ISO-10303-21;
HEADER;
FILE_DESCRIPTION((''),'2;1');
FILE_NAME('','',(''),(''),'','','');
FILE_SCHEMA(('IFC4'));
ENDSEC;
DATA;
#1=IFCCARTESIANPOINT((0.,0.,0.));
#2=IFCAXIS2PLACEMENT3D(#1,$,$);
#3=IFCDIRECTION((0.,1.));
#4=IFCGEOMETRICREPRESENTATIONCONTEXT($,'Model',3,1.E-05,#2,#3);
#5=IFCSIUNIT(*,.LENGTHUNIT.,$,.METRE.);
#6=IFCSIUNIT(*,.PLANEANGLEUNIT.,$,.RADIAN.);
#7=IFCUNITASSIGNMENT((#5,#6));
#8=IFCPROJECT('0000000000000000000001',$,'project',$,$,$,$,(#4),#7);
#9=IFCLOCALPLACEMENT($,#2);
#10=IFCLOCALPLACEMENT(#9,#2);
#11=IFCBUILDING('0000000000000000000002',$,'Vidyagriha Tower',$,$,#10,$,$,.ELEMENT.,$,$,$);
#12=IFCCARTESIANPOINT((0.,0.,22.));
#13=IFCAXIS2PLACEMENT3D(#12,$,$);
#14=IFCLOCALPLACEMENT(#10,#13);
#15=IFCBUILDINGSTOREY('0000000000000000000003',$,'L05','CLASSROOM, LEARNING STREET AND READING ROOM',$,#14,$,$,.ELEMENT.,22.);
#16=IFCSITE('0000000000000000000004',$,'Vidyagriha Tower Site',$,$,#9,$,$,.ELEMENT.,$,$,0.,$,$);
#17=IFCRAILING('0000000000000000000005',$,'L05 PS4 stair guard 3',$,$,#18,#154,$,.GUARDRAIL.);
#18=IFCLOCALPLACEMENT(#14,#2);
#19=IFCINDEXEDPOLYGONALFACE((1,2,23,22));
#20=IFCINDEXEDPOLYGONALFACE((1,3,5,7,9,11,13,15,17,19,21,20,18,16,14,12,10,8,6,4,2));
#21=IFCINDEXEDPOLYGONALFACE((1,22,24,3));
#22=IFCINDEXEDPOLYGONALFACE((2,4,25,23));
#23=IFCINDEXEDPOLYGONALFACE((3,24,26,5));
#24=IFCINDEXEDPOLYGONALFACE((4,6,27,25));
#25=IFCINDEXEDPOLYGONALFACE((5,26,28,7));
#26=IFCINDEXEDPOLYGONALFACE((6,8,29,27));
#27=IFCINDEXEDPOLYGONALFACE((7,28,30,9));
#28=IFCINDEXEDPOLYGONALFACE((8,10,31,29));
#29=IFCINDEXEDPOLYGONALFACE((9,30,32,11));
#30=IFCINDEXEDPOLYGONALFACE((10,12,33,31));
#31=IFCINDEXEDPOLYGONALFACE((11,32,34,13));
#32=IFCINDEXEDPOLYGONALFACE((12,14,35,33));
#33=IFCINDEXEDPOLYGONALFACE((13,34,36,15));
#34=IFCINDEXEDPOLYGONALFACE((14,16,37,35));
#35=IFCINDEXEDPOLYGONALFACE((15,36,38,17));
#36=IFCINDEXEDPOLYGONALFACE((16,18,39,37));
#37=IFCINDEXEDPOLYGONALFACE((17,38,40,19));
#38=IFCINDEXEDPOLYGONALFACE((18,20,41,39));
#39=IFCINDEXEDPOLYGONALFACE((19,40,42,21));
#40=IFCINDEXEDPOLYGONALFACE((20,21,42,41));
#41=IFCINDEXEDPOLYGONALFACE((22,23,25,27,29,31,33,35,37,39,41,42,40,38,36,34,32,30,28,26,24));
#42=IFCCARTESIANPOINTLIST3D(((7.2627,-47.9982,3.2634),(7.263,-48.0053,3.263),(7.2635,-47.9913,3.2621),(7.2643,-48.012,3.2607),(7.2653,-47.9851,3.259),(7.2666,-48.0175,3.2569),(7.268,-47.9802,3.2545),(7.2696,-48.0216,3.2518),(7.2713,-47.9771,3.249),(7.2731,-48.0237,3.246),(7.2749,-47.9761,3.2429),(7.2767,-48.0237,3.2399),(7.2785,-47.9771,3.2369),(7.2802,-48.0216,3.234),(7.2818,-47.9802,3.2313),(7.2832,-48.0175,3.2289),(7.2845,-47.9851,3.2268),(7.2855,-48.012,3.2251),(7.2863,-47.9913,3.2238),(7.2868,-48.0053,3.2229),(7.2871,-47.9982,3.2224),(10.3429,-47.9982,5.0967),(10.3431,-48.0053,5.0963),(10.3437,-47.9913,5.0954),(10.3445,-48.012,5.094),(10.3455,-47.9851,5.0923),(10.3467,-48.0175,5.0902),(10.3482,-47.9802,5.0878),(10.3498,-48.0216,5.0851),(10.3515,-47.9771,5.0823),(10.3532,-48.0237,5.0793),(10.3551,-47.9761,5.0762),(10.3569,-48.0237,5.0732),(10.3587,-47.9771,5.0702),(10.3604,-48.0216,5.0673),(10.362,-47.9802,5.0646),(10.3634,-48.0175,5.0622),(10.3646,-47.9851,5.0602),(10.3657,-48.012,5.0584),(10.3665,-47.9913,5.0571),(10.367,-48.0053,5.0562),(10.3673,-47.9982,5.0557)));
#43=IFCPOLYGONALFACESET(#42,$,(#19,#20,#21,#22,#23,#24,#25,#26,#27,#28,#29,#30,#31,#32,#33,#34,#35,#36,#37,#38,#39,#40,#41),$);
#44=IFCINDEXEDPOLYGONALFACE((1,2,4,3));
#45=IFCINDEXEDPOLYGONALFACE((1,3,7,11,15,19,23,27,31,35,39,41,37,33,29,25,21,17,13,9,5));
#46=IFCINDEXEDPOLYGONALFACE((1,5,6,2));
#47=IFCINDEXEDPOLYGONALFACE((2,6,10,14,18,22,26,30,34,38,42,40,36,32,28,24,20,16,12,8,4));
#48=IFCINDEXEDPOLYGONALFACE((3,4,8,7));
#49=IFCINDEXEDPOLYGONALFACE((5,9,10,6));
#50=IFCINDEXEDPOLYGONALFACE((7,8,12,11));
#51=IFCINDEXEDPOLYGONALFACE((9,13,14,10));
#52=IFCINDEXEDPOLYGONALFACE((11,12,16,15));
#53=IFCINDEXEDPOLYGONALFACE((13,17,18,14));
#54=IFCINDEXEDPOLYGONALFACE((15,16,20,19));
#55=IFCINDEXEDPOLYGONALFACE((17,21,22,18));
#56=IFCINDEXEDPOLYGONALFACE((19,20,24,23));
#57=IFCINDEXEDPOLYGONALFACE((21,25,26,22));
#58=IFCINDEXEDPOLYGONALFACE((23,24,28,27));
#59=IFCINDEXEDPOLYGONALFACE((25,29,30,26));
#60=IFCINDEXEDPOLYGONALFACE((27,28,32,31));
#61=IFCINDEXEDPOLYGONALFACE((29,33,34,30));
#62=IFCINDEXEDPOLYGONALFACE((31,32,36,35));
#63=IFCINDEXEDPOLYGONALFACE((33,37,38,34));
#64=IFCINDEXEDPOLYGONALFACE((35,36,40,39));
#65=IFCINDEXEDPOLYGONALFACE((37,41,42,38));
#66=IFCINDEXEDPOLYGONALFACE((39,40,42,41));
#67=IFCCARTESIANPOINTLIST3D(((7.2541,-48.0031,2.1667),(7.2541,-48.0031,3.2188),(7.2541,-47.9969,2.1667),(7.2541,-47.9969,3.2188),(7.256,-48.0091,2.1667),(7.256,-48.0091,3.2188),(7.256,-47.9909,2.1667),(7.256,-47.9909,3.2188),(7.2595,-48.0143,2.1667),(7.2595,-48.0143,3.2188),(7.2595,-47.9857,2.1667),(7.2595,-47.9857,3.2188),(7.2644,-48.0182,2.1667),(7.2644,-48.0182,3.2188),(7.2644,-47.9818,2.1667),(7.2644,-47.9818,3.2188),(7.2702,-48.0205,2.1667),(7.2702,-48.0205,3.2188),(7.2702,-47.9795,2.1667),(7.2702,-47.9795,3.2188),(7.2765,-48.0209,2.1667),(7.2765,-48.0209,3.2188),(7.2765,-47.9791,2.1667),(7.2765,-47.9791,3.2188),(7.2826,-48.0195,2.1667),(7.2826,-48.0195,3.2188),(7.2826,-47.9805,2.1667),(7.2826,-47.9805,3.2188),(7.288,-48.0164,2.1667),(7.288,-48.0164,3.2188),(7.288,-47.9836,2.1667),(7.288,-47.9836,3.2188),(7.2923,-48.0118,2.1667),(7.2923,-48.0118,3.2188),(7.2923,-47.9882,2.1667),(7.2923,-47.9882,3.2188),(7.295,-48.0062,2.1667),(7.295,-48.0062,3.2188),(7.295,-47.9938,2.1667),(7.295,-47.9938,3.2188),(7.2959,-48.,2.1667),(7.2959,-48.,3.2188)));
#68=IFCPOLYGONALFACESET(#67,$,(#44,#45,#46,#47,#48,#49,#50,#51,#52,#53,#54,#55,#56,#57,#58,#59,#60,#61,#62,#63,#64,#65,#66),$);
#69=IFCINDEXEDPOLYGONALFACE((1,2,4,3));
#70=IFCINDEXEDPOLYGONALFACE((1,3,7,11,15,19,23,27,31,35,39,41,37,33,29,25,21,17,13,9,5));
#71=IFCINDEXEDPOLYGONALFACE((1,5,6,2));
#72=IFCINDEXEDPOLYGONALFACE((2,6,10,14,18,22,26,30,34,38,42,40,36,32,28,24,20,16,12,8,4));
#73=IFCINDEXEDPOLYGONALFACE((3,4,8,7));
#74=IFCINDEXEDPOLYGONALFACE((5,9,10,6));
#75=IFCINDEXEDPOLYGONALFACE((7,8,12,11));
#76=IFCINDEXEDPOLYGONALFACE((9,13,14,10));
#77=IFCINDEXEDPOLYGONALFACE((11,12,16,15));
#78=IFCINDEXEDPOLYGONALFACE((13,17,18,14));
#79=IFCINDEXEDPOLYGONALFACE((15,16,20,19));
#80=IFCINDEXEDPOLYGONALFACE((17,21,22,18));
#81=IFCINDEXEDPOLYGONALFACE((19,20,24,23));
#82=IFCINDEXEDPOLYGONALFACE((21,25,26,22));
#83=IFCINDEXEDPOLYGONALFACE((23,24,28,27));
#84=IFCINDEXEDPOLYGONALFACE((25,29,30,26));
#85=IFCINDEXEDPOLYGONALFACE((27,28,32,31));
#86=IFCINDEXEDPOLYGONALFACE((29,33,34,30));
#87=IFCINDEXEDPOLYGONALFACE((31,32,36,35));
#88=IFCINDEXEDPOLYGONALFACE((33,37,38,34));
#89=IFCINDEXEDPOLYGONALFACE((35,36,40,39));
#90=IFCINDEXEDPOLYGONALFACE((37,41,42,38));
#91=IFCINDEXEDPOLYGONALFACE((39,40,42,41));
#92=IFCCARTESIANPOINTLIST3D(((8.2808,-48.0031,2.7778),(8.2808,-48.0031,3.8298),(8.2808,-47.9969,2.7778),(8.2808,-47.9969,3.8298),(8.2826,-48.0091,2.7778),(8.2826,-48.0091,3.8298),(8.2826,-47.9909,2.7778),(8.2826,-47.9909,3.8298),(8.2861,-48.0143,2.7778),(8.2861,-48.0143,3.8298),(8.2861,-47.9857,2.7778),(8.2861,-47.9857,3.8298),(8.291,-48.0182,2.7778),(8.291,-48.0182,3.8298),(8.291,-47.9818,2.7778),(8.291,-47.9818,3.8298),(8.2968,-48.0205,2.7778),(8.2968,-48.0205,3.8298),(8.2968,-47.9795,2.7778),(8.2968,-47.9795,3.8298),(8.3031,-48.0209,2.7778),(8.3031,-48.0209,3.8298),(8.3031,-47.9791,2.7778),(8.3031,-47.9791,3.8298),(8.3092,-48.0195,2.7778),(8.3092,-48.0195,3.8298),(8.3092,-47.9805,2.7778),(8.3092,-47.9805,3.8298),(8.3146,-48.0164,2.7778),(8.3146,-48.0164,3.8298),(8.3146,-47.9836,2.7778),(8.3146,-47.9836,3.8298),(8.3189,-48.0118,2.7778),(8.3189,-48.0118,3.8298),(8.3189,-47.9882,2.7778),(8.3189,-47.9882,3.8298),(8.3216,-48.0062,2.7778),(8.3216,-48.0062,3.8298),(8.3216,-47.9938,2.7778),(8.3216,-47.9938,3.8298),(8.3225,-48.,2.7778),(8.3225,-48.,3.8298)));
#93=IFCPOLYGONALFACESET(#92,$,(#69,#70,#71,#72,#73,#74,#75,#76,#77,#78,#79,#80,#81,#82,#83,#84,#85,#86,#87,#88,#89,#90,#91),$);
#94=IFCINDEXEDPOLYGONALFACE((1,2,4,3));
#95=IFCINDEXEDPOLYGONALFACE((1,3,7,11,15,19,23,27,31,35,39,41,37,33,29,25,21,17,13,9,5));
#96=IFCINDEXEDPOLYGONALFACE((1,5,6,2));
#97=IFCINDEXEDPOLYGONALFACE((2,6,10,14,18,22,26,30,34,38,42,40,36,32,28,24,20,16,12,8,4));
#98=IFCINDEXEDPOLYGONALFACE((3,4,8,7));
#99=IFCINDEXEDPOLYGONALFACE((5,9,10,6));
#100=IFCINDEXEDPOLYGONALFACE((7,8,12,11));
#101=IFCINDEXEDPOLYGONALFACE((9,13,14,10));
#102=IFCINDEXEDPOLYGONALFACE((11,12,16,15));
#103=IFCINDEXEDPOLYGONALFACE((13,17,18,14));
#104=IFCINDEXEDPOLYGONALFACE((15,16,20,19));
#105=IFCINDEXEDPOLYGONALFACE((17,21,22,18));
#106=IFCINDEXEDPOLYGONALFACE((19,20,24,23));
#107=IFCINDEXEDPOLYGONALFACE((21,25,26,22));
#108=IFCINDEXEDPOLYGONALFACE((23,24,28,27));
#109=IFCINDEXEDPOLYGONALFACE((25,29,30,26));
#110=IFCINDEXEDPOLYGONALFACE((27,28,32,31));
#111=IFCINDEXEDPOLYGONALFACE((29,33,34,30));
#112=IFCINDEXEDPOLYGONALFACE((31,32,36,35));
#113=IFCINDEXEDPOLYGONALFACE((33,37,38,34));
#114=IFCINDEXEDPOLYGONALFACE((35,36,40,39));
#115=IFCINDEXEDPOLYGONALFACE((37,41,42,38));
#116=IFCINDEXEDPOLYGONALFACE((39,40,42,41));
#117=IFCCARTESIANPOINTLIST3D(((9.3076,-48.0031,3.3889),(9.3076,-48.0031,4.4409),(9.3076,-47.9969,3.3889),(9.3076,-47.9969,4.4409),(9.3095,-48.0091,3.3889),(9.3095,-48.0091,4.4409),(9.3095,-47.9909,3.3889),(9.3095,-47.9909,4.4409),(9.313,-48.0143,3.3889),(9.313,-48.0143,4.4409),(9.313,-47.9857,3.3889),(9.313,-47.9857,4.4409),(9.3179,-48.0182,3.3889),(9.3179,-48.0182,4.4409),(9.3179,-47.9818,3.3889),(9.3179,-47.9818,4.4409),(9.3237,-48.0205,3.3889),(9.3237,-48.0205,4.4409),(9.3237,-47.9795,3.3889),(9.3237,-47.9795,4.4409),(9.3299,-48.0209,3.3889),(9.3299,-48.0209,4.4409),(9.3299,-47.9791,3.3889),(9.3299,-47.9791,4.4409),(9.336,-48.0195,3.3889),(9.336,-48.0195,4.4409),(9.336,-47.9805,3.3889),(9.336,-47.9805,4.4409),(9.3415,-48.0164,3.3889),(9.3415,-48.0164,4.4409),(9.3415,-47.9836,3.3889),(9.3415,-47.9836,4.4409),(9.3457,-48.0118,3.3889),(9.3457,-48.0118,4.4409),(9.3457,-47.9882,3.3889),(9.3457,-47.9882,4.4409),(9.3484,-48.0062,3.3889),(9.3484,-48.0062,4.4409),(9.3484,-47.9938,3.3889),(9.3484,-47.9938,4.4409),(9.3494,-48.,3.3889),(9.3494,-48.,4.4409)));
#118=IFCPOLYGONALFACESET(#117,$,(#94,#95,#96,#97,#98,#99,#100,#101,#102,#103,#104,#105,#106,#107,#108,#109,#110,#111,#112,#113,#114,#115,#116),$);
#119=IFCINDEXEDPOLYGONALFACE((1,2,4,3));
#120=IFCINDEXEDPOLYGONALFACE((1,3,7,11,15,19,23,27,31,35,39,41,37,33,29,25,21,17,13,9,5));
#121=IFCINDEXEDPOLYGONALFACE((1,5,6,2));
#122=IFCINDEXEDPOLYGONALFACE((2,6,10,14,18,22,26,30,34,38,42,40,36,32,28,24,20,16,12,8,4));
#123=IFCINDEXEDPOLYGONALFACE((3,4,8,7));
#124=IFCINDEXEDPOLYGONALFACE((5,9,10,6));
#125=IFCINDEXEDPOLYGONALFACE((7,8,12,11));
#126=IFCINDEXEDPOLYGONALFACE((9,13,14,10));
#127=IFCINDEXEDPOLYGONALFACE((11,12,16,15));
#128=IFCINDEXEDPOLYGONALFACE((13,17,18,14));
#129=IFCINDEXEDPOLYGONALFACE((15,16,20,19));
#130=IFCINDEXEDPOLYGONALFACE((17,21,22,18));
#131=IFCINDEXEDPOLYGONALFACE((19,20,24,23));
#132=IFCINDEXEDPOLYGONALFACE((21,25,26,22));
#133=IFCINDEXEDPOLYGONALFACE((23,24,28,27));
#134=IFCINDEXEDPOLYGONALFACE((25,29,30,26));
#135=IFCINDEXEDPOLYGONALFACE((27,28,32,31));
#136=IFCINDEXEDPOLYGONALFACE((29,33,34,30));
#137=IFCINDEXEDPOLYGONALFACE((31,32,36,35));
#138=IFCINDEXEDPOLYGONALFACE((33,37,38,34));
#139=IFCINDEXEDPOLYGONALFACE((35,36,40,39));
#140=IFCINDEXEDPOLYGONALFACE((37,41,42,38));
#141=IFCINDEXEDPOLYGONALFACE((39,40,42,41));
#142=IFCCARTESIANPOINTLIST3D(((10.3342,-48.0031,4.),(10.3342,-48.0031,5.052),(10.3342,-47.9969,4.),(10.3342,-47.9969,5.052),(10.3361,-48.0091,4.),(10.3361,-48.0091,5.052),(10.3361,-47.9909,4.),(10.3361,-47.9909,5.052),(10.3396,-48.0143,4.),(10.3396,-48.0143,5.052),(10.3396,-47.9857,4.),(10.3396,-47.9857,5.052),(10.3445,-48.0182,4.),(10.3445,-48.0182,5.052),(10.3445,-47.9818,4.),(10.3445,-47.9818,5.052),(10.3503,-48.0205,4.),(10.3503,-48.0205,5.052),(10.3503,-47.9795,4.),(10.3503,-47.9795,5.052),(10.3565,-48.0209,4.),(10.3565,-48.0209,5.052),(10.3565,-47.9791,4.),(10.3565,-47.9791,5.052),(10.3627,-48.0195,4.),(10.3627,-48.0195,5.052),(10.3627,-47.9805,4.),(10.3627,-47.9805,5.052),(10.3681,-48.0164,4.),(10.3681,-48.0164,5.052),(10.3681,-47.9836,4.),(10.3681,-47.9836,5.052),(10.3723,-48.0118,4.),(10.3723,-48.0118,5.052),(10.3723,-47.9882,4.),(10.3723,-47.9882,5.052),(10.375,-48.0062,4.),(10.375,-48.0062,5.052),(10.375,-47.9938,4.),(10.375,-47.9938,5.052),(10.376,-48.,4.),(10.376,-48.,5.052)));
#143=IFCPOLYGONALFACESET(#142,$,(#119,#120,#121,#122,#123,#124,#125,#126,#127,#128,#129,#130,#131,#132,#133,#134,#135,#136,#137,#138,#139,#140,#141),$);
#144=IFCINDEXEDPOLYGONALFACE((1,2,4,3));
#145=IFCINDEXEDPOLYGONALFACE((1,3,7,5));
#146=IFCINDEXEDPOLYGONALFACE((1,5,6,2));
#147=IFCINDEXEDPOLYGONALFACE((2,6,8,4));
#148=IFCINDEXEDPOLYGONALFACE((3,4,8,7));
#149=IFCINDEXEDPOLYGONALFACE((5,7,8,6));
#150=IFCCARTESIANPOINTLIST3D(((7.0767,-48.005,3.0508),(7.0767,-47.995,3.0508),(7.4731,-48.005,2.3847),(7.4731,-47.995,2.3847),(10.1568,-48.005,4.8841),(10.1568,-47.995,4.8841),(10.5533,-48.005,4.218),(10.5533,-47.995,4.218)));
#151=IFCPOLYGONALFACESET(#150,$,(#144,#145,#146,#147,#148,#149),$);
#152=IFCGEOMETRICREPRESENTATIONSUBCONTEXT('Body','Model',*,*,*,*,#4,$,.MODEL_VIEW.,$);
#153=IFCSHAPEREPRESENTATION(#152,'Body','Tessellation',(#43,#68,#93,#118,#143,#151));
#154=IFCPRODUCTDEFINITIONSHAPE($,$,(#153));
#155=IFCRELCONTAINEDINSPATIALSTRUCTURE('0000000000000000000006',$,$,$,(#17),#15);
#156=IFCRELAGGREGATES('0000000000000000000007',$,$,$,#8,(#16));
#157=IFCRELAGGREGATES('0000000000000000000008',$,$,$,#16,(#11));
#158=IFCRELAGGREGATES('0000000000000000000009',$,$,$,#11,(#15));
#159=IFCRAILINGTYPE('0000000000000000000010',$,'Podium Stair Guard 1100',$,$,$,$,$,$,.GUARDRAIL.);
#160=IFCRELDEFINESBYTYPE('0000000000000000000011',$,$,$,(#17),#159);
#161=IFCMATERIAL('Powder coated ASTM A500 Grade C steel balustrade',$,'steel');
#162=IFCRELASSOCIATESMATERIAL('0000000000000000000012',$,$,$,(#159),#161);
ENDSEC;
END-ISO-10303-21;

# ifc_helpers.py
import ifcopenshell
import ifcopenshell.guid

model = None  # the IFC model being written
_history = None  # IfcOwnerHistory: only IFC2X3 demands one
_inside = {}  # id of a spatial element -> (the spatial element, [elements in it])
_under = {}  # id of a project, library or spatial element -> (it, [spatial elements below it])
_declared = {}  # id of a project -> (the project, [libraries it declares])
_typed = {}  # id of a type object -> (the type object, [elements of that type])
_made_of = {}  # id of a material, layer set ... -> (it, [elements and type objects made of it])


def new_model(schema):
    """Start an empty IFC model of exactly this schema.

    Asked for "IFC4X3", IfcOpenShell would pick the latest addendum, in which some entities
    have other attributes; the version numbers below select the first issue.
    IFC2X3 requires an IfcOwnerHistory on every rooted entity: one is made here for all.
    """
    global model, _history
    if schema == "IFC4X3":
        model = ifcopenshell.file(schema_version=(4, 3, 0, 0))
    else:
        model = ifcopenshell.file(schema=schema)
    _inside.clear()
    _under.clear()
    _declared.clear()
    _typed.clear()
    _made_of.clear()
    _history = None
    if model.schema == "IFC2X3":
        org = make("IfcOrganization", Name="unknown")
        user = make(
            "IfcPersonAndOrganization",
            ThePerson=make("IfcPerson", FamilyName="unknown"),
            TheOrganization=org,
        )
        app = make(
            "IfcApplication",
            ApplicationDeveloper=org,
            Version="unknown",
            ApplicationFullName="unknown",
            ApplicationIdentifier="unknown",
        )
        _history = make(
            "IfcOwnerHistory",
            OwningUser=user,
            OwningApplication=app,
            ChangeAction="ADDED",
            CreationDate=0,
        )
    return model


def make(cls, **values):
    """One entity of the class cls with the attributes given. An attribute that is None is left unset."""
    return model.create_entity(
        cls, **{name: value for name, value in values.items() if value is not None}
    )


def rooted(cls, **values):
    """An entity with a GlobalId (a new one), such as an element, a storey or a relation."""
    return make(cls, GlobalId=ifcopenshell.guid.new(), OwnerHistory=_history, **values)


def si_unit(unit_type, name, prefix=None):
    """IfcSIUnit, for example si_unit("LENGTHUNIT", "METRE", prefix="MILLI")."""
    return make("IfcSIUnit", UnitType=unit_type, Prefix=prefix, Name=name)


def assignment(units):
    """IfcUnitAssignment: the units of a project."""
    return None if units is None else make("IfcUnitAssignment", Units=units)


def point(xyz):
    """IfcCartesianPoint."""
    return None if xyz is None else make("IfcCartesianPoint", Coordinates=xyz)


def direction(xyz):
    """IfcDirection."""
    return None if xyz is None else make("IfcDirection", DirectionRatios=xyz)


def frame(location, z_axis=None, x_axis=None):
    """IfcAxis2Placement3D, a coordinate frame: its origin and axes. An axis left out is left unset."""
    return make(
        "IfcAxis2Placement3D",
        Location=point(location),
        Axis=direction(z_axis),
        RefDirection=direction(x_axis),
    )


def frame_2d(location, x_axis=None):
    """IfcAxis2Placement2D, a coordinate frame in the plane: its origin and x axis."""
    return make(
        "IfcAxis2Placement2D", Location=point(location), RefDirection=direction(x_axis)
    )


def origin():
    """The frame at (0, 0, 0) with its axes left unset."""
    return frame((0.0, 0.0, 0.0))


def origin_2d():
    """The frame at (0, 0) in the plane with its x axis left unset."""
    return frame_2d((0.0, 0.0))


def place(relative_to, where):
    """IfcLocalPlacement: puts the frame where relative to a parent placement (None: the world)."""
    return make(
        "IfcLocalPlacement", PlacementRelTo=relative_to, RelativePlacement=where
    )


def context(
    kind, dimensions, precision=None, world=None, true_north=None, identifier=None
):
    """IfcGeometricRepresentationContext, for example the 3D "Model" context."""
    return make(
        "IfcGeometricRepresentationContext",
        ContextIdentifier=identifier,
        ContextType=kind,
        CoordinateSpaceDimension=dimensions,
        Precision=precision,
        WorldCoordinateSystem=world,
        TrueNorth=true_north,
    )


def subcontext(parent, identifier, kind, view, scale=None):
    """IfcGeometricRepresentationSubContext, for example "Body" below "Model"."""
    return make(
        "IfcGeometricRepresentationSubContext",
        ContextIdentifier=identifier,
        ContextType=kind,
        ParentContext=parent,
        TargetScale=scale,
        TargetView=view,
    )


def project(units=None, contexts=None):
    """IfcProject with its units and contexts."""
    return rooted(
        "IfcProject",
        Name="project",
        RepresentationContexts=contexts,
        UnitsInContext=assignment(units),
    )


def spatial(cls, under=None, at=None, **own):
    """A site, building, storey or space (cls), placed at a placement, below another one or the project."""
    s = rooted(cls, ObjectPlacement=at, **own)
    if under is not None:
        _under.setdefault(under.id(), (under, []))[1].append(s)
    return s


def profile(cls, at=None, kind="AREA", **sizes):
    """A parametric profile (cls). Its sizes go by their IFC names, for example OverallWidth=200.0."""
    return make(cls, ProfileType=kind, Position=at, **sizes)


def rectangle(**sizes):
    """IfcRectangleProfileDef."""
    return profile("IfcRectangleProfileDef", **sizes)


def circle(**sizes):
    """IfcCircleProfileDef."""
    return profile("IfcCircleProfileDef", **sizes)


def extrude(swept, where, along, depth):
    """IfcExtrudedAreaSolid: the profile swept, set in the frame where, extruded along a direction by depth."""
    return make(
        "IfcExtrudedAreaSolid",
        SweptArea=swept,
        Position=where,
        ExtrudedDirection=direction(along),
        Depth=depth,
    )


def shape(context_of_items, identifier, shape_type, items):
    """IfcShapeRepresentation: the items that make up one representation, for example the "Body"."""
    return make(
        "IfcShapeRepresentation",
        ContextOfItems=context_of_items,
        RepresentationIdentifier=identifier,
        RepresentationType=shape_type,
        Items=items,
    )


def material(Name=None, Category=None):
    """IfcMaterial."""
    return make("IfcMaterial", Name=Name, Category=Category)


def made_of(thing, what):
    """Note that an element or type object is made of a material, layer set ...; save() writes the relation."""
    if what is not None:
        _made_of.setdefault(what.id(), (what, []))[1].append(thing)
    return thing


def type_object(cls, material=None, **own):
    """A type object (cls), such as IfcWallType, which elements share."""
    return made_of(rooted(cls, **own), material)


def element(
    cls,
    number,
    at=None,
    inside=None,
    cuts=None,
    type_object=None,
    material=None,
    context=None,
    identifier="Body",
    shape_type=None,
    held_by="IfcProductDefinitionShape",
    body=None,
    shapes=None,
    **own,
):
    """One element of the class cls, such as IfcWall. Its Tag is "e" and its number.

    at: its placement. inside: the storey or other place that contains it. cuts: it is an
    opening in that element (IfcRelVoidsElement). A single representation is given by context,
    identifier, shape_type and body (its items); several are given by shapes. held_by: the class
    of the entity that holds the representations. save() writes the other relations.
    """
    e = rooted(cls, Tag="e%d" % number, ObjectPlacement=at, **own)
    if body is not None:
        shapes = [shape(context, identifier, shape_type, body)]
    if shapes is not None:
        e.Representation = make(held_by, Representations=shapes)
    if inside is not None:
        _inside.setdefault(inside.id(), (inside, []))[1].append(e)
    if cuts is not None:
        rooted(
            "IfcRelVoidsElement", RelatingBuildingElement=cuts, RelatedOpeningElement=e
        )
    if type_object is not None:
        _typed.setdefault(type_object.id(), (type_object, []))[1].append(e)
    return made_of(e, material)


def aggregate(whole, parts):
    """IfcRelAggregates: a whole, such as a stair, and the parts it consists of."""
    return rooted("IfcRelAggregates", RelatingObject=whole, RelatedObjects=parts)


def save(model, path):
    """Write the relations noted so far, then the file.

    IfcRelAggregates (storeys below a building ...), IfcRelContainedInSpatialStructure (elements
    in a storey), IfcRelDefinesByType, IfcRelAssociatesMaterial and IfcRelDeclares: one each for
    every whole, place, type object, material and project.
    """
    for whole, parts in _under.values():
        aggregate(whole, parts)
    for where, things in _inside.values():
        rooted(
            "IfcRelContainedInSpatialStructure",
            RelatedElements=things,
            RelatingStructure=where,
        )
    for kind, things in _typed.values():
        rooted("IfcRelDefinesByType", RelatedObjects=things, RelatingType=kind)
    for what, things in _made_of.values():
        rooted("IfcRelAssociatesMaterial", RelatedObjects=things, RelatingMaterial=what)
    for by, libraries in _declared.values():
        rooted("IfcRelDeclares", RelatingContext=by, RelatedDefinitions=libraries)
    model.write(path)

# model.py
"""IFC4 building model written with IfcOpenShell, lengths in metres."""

from ifc_helpers import new_model, si_unit, direction, frame, origin, origin_2d, place, context, subcontext, project, spatial, rectangle, circle, extrude, material, type_object, element, save


model = new_model("IFC4")

# Units and contexts
model_context = context("Model", 3, precision=1e-05, world=origin(), true_north=direction((0.0, 1.0)))
body_context = subcontext(model_context, "Body", "Model", "MODEL_VIEW")
ifc_project = project(units=[si_unit("LENGTHUNIT", "METRE"), si_unit("PLANEANGLEUNIT", "RADIAN")], contexts=[model_context])

# Site, building, storey
site_placement = place(None, origin())
site = spatial("IfcSite", under=ifc_project, at=site_placement, Name="Vidyagriha Tower Site", CompositionType="ELEMENT", RefElevation=0.0)
building_placement = place(site_placement, origin())
building = spatial("IfcBuilding", under=site, at=building_placement, Name="Vidyagriha Tower", CompositionType="ELEMENT")
storey_placement = place(building_placement, frame((0.0, 0.0, 22.0)))
storey = spatial("IfcBuildingStorey", under=building, at=storey_placement, Name="L05", Description="CLASSROOM, LEARNING STREET AND READING ROOM", CompositionType="ELEMENT", Elevation=22.0)

# Railing
ifc_material_1 = material(Name="Powder coated ASTM A500 Grade C steel balustrade", Category="steel")
railing_type_1 = type_object("IfcRailingType", Name="Podium Stair Guard 1100", PredefinedType="GUARDRAIL", material=ifc_material_1)
railing_1_placement = place(storey_placement, frame((7.2749, -48.0, 2.1667)))
element("IfcRailing", 1, at=railing_1_placement, inside=storey, type_object=railing_type_1, Name="L05 PS4 stair guard 3", PredefinedType="GUARDRAIL", context=body_context, shape_type="SweptSolid", body=[
    extrude(circle(Radius=0.0239, at=origin_2d()), frame((0.0, 0.0, 1.0762), z_axis=(0.859309, 0.0, 0.511458), x_axis=(0.0, 1.0, 0.0)), (0.0, 0.0, 1.0), 3.5845),
    extrude(circle(Radius=0.021, at=origin_2d()), origin(), (0.0, 0.0, 1.0), 1.052),
    extrude(circle(Radius=0.021, at=origin_2d()), frame((1.0266, 0.0, 0.6111)), (0.0, 0.0, 1.0), 1.052),
    extrude(circle(Radius=0.021, at=origin_2d()), frame((2.0535, 0.0, 1.2222)), (0.0, 0.0, 1.0), 1.052),
    extrude(circle(Radius=0.021, at=origin_2d()), frame((3.0801, 0.0, 1.8333)), (0.0, 0.0, 1.0), 1.052),
    extrude(rectangle(XDim=0.01, YDim=0.7751, at=origin_2d()), frame((0.0, 0.0, 0.551), z_axis=(0.859309, 0.0, 0.511458), x_axis=(0.0, 1.0, 0.0)), (0.0, 0.0, 1.0), 3.5845),
])

save(model, "model.ifc")
